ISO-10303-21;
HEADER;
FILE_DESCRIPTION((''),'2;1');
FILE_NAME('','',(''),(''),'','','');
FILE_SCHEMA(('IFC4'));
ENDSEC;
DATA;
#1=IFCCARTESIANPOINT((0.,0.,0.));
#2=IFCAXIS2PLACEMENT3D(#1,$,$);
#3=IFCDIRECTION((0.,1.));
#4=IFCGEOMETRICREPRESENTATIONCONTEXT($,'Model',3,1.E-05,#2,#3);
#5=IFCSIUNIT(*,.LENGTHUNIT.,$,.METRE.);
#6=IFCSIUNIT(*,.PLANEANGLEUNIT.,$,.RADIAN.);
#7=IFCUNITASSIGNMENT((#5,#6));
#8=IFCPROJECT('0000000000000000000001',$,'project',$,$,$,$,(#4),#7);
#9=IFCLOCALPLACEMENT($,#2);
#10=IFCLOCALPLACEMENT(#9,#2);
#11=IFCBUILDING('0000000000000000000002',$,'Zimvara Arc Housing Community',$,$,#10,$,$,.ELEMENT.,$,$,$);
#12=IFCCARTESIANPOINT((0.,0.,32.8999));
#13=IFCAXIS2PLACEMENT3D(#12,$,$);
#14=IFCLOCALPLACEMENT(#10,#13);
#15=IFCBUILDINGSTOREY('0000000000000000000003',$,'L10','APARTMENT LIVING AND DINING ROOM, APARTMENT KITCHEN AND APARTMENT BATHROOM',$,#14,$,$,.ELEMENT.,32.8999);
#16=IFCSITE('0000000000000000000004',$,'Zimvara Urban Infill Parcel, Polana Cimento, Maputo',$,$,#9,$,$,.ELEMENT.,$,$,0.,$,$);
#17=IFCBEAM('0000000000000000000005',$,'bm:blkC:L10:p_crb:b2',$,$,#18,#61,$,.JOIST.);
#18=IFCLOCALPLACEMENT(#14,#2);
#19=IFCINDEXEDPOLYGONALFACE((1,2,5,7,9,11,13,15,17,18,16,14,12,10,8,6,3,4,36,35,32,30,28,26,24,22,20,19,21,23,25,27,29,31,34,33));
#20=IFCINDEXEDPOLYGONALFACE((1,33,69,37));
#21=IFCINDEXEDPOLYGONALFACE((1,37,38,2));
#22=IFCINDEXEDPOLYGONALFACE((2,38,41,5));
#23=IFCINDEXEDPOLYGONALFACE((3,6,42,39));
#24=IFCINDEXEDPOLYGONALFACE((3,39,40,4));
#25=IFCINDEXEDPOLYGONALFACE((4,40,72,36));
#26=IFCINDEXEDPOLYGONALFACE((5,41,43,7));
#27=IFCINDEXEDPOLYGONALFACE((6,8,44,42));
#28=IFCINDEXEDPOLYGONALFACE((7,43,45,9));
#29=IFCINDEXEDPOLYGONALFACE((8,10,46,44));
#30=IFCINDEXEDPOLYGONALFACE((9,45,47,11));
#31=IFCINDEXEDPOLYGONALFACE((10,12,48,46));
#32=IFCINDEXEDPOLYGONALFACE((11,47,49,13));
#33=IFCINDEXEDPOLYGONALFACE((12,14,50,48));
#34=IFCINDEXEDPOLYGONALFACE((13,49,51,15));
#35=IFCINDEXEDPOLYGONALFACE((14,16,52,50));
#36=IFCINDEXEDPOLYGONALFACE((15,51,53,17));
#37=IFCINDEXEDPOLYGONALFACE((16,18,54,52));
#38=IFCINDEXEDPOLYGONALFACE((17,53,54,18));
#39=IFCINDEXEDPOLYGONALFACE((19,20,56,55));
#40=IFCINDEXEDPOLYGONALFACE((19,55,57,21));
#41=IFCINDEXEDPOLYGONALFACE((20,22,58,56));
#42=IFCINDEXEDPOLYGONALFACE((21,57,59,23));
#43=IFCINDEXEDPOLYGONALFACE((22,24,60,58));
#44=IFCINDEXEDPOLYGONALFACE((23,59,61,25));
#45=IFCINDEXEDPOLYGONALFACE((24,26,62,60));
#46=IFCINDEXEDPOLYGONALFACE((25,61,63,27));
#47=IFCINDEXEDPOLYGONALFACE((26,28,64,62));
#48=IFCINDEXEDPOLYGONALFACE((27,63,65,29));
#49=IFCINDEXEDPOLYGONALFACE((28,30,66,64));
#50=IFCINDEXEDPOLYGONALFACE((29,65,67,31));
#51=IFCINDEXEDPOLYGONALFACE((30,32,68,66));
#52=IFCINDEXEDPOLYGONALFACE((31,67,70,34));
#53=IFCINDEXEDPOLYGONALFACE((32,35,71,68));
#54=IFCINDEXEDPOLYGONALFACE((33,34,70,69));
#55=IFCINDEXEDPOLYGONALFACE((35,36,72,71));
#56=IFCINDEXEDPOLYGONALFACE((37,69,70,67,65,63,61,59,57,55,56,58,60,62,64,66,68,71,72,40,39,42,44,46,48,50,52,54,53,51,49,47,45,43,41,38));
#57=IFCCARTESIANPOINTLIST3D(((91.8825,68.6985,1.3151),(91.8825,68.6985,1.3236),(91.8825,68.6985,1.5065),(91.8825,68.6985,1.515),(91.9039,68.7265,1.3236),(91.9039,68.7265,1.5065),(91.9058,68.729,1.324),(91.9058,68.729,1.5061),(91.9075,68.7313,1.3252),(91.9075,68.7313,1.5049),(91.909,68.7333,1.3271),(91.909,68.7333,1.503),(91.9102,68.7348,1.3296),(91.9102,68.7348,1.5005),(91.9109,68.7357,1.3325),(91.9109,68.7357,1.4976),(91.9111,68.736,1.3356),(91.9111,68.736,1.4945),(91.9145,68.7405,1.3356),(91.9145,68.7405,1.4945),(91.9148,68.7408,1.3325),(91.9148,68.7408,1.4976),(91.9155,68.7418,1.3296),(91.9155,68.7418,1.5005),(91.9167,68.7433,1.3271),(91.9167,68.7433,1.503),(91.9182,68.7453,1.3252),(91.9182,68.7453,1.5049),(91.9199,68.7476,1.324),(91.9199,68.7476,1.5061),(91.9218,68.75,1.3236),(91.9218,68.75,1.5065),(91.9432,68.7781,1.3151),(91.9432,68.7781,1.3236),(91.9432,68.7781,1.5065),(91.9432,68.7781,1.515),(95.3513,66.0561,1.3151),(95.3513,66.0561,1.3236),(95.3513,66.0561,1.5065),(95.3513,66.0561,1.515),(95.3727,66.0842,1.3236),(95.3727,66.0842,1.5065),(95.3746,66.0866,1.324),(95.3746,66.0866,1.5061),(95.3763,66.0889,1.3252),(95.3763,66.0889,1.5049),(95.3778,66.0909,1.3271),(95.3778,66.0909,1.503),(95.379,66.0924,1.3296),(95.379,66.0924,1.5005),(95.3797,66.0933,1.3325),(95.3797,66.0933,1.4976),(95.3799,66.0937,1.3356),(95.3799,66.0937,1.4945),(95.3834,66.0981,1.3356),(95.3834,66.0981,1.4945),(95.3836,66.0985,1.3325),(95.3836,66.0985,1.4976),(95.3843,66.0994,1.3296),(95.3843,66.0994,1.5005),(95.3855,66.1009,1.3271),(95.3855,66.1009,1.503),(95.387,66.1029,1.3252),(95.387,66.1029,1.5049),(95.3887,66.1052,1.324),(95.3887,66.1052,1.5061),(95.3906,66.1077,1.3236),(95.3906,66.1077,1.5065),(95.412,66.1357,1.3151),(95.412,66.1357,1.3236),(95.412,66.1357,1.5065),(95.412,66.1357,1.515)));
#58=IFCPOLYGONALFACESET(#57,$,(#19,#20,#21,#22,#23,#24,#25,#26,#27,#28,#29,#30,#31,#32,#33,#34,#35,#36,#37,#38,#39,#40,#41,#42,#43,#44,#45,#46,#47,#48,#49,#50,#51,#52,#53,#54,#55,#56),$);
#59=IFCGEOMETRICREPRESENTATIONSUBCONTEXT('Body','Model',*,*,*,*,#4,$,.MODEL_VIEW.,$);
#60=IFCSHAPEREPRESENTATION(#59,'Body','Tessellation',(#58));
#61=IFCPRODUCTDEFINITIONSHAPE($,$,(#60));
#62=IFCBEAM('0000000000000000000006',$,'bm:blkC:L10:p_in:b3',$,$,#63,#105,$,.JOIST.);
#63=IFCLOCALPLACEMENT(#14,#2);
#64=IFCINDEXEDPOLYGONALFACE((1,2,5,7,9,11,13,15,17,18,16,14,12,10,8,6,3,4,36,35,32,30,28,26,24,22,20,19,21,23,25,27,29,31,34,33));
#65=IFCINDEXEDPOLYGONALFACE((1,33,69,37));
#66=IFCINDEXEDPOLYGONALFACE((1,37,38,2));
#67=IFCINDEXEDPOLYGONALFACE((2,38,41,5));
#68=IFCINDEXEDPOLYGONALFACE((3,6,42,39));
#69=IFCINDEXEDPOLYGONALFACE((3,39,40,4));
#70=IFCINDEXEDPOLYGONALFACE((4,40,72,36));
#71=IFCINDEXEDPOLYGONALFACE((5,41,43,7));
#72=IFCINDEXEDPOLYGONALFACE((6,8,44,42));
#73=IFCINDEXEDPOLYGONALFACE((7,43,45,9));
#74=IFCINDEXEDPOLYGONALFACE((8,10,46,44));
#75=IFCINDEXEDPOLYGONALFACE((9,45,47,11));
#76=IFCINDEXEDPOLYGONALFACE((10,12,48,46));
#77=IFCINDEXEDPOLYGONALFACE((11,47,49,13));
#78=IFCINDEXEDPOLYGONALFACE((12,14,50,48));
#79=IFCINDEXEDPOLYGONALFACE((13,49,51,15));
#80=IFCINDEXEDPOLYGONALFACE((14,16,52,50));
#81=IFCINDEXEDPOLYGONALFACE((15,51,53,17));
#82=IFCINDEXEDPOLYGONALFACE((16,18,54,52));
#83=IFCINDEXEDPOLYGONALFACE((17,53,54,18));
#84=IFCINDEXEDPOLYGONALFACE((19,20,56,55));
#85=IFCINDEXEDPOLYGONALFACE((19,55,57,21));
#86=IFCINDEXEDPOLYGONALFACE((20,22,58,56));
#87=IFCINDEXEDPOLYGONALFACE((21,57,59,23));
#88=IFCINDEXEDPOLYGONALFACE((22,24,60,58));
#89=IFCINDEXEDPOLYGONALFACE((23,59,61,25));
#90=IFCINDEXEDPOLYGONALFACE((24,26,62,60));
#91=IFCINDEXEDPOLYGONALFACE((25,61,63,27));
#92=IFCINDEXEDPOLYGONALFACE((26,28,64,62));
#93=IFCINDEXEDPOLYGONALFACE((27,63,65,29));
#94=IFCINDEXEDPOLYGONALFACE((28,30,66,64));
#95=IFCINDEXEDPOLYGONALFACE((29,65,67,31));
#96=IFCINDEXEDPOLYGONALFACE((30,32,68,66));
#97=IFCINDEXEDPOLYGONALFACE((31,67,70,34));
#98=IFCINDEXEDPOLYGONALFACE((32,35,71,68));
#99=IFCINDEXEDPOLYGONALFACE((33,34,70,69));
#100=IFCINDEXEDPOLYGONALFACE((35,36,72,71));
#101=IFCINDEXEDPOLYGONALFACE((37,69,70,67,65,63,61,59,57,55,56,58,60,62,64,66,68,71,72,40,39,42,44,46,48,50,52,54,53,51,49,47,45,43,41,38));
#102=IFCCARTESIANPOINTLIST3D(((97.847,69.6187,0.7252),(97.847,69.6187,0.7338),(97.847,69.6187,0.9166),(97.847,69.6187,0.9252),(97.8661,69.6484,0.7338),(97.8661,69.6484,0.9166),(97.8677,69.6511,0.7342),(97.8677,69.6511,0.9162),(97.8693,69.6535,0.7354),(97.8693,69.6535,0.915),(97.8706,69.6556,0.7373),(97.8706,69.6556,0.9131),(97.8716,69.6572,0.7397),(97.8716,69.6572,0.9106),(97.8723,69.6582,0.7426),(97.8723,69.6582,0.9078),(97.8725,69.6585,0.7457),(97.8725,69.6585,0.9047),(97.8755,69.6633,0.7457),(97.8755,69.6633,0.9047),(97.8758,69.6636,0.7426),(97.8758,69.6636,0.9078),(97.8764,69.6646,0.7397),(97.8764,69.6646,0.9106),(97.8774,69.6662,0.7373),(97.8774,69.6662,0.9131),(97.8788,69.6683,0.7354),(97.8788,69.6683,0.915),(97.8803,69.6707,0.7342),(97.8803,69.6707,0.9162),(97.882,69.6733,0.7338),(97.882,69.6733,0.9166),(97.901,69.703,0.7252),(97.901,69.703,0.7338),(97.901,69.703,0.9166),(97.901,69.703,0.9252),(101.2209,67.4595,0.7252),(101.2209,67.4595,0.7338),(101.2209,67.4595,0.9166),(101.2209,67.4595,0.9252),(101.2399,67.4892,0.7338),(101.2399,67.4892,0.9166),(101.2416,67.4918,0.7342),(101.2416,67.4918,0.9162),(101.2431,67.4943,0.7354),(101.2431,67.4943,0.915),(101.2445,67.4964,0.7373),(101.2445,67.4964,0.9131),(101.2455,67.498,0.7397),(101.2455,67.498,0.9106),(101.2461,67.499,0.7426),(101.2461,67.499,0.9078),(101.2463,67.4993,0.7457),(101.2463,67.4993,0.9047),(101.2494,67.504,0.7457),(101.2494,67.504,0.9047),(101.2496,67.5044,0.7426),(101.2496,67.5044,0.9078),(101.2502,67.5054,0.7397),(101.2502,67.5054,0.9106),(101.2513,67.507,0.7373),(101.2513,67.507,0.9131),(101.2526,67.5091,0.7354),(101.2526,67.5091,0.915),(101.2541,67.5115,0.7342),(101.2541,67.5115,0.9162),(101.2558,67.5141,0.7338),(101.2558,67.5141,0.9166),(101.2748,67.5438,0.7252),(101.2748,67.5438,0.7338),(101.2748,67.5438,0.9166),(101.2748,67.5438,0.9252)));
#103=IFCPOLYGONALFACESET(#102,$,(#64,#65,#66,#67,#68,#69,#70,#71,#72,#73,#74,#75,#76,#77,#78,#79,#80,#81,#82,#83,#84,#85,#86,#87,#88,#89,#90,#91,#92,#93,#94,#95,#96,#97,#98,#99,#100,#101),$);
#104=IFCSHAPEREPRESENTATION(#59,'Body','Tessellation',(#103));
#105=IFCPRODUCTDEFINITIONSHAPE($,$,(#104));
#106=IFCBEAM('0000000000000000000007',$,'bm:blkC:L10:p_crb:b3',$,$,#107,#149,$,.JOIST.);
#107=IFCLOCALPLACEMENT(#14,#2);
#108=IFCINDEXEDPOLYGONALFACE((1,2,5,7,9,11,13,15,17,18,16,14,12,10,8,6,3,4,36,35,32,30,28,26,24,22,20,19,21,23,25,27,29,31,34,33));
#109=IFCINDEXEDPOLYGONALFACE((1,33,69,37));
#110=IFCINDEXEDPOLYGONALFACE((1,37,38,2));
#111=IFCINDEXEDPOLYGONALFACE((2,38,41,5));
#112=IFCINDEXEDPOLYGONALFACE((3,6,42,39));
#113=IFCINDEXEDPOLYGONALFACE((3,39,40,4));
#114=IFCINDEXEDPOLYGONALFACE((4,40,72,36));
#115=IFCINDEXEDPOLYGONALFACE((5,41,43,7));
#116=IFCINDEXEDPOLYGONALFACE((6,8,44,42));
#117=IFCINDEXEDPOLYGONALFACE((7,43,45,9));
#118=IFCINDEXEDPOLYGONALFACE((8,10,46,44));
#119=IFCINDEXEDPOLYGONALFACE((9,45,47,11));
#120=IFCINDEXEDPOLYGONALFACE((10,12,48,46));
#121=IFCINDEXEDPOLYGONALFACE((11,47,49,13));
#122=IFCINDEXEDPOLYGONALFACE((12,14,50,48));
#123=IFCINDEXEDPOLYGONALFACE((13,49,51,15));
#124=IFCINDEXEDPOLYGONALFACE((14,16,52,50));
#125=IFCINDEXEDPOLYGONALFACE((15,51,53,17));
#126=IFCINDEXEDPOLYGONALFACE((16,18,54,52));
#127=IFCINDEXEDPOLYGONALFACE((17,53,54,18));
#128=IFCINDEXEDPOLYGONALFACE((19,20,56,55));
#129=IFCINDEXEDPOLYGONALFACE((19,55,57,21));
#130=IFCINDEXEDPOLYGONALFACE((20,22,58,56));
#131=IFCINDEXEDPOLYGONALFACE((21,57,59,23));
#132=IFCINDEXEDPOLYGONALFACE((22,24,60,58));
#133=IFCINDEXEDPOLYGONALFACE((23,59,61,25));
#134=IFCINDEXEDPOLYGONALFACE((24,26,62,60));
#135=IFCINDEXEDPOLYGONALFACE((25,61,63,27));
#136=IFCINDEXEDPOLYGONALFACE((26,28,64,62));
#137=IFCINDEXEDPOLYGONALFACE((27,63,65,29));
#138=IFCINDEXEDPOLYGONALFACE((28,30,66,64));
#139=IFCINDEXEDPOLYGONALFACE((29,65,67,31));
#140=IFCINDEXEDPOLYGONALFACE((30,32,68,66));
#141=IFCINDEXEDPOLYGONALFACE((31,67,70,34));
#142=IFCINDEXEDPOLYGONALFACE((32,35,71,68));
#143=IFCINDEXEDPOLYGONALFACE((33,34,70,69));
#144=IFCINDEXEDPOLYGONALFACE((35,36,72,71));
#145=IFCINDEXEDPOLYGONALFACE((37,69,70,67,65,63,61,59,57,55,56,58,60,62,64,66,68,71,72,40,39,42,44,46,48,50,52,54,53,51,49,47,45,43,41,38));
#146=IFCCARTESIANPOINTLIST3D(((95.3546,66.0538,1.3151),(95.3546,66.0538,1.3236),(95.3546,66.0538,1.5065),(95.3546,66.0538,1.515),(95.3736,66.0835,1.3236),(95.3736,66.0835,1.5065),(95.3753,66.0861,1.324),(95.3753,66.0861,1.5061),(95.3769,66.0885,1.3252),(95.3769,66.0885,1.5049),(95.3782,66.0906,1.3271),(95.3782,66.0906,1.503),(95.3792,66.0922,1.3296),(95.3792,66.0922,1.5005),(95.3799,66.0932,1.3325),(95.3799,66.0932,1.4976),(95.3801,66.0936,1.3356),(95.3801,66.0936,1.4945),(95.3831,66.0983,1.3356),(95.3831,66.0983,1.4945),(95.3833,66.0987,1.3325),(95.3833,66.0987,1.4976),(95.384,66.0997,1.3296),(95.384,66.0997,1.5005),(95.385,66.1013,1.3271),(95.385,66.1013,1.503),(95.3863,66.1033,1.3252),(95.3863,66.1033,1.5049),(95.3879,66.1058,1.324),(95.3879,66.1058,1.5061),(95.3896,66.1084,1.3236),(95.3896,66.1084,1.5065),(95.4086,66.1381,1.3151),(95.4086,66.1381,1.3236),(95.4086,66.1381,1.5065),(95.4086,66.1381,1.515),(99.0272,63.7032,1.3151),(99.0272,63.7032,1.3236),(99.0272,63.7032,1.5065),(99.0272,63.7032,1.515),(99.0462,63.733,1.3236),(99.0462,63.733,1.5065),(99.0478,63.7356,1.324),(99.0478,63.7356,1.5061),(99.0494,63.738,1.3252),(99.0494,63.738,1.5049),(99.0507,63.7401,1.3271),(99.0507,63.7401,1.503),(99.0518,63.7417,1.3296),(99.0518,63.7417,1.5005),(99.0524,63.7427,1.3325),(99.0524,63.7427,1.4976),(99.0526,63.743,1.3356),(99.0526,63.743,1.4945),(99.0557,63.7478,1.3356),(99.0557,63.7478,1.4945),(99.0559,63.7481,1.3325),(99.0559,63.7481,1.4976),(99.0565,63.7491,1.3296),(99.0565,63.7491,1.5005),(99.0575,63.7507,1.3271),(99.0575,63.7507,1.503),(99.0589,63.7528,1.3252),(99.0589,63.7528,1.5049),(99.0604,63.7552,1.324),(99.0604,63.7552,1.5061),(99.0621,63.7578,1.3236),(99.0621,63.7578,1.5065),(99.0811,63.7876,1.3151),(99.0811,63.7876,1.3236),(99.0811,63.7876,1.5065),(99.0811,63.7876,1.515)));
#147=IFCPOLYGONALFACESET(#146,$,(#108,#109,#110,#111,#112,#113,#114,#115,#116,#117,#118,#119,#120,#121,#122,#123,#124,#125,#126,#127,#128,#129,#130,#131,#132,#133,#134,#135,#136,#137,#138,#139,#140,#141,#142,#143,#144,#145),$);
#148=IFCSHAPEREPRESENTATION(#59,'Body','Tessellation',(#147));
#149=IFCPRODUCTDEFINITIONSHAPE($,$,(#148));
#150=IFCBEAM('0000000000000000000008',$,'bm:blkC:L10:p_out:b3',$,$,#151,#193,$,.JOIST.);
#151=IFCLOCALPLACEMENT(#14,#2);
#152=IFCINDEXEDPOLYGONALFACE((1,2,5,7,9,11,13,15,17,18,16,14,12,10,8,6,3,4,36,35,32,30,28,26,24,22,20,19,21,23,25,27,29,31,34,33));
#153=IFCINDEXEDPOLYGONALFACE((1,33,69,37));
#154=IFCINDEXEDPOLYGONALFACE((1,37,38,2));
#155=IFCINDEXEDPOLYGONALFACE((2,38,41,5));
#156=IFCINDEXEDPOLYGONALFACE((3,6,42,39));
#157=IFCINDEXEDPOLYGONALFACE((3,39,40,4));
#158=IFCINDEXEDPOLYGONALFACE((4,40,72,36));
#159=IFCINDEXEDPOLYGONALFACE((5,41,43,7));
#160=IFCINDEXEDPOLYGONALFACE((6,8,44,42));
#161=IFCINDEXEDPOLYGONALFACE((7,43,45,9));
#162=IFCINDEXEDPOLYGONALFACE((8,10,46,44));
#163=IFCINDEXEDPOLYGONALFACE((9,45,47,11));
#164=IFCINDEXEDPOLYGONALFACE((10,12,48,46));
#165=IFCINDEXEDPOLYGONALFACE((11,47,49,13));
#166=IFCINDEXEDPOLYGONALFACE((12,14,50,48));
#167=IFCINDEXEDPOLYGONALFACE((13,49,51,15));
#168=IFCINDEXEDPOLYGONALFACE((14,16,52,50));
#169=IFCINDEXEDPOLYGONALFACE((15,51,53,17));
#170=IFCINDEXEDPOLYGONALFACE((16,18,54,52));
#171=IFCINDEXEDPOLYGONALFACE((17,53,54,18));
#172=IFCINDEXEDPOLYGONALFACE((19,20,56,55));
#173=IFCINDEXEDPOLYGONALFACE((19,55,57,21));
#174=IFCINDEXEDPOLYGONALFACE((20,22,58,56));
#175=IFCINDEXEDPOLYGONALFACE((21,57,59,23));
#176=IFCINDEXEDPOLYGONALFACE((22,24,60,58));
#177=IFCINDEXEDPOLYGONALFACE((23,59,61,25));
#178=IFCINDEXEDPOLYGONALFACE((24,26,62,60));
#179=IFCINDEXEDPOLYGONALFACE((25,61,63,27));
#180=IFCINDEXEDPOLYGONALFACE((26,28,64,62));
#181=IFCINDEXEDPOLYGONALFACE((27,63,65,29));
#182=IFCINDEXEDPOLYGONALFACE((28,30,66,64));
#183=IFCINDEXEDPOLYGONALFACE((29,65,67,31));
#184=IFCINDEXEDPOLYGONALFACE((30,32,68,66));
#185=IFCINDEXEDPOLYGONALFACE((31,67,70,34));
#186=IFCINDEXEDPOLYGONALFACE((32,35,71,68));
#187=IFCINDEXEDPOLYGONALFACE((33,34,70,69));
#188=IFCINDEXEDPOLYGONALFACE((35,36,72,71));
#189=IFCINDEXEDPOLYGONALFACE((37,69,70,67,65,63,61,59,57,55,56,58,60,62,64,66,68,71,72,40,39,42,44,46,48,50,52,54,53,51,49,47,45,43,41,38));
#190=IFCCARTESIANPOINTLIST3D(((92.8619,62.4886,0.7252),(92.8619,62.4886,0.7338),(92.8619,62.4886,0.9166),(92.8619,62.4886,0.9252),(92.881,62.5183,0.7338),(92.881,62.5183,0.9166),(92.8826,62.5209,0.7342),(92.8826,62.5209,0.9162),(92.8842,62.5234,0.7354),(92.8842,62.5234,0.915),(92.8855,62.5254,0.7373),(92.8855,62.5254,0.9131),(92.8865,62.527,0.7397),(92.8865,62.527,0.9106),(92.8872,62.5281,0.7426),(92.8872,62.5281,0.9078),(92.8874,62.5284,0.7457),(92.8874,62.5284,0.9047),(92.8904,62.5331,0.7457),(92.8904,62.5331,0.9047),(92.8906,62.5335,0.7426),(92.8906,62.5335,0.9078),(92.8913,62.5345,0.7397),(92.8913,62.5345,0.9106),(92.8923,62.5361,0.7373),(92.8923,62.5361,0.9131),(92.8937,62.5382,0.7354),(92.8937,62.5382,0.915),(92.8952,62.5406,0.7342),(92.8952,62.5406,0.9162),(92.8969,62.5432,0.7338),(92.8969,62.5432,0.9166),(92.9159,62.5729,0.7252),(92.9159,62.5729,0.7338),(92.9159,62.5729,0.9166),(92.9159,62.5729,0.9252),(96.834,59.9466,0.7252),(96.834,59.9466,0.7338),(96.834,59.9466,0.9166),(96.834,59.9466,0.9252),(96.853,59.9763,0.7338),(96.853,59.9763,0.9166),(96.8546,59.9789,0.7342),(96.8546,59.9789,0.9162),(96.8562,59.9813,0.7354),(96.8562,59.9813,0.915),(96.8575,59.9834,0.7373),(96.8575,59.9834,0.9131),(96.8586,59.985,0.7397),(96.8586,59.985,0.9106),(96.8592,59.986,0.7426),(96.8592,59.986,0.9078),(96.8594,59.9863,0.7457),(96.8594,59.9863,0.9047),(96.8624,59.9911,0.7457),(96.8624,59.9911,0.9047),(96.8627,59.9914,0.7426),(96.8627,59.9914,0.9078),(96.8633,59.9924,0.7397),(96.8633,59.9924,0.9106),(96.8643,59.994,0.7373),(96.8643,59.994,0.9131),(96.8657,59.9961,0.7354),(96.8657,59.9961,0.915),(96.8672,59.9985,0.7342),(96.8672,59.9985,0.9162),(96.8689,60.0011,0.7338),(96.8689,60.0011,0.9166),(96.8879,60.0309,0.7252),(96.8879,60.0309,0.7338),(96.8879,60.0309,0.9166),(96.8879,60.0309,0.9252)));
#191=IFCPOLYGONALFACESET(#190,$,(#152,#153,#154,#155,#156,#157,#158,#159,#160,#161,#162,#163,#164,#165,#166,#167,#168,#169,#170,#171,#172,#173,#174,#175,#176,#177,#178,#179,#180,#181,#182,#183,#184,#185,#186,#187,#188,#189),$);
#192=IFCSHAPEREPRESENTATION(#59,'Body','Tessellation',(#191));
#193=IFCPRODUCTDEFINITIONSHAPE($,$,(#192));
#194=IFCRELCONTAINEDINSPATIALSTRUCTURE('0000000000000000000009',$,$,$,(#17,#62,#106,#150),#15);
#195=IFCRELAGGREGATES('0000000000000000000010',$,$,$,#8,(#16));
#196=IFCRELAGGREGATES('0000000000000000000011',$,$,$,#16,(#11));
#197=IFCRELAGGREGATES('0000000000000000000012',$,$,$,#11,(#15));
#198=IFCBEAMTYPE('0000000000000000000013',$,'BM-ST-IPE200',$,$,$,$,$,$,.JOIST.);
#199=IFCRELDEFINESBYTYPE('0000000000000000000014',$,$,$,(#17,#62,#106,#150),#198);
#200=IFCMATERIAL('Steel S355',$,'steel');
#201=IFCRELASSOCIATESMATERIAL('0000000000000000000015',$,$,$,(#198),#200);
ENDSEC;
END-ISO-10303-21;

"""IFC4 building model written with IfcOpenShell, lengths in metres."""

from ifc_helpers import new_model, si_unit, direction, frame, origin, origin_2d, place, context, subcontext, project, spatial, i_section, extrude, material, material_profile, profile_set, type_object, element, save


model = new_model("IFC4")

# Units and contexts
model_context = context("Model", 3, precision=1e-05, world=origin(), true_north=direction((0.0, 1.0)))
body_context = subcontext(model_context, "Body", "Model", "MODEL_VIEW")
ifc_project = project(units=[si_unit("LENGTHUNIT", "METRE"), si_unit("PLANEANGLEUNIT", "RADIAN")], contexts=[model_context])

# Site, building, storey
site_placement = place(None, origin())
site = spatial("IfcSite", under=ifc_project, at=site_placement, Name="Zimvara Urban Infill Parcel, Polana Cimento, Maputo", CompositionType="ELEMENT", RefElevation=0.0)
building_placement = place(site_placement, origin())
building = spatial("IfcBuilding", under=site, at=building_placement, Name="Zimvara Arc Housing Community", CompositionType="ELEMENT")
storey_placement = place(building_placement, frame((0.0, 0.0, 32.8999)))
storey = spatial("IfcBuildingStorey", under=building, at=storey_placement, Name="L10", Description="APARTMENT LIVING AND DINING ROOM, APARTMENT KITCHEN AND APARTMENT BATHROOM", CompositionType="ELEMENT", Elevation=32.8999)

# Beams
ifc_material_1 = material(Name="Steel S355", Category="steel")
ifc_material_profile_1 = material_profile(ifc_material_1, i_section(OverallWidth=0.1001, OverallDepth=0.2, WebThickness=0.0056, FlangeThickness=0.0085, FilletRadius=0.012, at=origin_2d()), Name="IPE 200")
ifc_profile_set_1 = profile_set([ifc_material_profile_1], Name="Steel S355")
beam_type_1 = type_object("IfcBeamType", Name="BM-ST-IPE200", PredefinedType="JOIST", material=ifc_profile_set_1)
beam_1_placement = place(storey_placement, frame((91.9128, 68.7383, 1.415), z_axis=(0.79549, -0.605967, 0.0), x_axis=(0.605967, 0.79549, 0.0)))
element("IfcBeam", 1, at=beam_1_placement, inside=storey, type_object=beam_type_1, Name="bm:blkC:L10:p_crb:b2", PredefinedType="JOIST", context=body_context, shape_type="SweptSolid", body=[
    extrude(i_section(OverallWidth=0.1001, OverallDepth=0.2, WebThickness=0.0056, FlangeThickness=0.0085, FilletRadius=0.012, at=origin_2d()), origin(), (0.0, 0.0, 1.0), 4.3606),
])
beam_2_placement = place(storey_placement, frame((97.874, 69.6609, 0.8252), z_axis=(0.842276, -0.539047, 0.0), x_axis=(0.539047, 0.842276, 0.0)))
element("IfcBeam", 2, at=beam_2_placement, inside=storey, type_object=beam_type_1, Name="bm:blkC:L10:p_in:b3", PredefinedType="JOIST", context=body_context, shape_type="SweptSolid", body=[
    extrude(i_section(OverallWidth=0.1001, OverallDepth=0.2, WebThickness=0.0056, FlangeThickness=0.0085, FilletRadius=0.012, at=origin_2d()), origin(), (0.0, 0.0, 1.0), 4.0056),
])
beam_3_placement = place(storey_placement, frame((95.3816, 66.0959, 1.415), z_axis=(0.842259, -0.539073, 0.0), x_axis=(0.539073, 0.842259, 0.0)))
element("IfcBeam", 3, at=beam_3_placement, inside=storey, type_object=beam_type_1, Name="bm:blkC:L10:p_crb:b3", PredefinedType="JOIST", context=body_context, shape_type="SweptSolid", body=[
    extrude(i_section(OverallWidth=0.1001, OverallDepth=0.2, WebThickness=0.0056, FlangeThickness=0.0085, FilletRadius=0.012, at=origin_2d()), origin(), (0.0, 0.0, 1.0), 4.3604),
])
beam_4_placement = place(storey_placement, frame((92.8889, 62.5308, 0.8252), z_axis=(0.842275, -0.539048, 0.0), x_axis=(0.539048, 0.842275, 0.0)))
element("IfcBeam", 4, at=beam_4_placement, inside=storey, type_object=beam_type_1, Name="bm:blkC:L10:p_out:b3", PredefinedType="JOIST", context=body_context, shape_type="SweptSolid", body=[
    extrude(i_section(OverallWidth=0.1001, OverallDepth=0.2, WebThickness=0.0056, FlangeThickness=0.0085, FilletRadius=0.012, at=origin_2d()), origin(), (0.0, 0.0, 1.0), 4.7158),
])

save(model, "model.ifc")
